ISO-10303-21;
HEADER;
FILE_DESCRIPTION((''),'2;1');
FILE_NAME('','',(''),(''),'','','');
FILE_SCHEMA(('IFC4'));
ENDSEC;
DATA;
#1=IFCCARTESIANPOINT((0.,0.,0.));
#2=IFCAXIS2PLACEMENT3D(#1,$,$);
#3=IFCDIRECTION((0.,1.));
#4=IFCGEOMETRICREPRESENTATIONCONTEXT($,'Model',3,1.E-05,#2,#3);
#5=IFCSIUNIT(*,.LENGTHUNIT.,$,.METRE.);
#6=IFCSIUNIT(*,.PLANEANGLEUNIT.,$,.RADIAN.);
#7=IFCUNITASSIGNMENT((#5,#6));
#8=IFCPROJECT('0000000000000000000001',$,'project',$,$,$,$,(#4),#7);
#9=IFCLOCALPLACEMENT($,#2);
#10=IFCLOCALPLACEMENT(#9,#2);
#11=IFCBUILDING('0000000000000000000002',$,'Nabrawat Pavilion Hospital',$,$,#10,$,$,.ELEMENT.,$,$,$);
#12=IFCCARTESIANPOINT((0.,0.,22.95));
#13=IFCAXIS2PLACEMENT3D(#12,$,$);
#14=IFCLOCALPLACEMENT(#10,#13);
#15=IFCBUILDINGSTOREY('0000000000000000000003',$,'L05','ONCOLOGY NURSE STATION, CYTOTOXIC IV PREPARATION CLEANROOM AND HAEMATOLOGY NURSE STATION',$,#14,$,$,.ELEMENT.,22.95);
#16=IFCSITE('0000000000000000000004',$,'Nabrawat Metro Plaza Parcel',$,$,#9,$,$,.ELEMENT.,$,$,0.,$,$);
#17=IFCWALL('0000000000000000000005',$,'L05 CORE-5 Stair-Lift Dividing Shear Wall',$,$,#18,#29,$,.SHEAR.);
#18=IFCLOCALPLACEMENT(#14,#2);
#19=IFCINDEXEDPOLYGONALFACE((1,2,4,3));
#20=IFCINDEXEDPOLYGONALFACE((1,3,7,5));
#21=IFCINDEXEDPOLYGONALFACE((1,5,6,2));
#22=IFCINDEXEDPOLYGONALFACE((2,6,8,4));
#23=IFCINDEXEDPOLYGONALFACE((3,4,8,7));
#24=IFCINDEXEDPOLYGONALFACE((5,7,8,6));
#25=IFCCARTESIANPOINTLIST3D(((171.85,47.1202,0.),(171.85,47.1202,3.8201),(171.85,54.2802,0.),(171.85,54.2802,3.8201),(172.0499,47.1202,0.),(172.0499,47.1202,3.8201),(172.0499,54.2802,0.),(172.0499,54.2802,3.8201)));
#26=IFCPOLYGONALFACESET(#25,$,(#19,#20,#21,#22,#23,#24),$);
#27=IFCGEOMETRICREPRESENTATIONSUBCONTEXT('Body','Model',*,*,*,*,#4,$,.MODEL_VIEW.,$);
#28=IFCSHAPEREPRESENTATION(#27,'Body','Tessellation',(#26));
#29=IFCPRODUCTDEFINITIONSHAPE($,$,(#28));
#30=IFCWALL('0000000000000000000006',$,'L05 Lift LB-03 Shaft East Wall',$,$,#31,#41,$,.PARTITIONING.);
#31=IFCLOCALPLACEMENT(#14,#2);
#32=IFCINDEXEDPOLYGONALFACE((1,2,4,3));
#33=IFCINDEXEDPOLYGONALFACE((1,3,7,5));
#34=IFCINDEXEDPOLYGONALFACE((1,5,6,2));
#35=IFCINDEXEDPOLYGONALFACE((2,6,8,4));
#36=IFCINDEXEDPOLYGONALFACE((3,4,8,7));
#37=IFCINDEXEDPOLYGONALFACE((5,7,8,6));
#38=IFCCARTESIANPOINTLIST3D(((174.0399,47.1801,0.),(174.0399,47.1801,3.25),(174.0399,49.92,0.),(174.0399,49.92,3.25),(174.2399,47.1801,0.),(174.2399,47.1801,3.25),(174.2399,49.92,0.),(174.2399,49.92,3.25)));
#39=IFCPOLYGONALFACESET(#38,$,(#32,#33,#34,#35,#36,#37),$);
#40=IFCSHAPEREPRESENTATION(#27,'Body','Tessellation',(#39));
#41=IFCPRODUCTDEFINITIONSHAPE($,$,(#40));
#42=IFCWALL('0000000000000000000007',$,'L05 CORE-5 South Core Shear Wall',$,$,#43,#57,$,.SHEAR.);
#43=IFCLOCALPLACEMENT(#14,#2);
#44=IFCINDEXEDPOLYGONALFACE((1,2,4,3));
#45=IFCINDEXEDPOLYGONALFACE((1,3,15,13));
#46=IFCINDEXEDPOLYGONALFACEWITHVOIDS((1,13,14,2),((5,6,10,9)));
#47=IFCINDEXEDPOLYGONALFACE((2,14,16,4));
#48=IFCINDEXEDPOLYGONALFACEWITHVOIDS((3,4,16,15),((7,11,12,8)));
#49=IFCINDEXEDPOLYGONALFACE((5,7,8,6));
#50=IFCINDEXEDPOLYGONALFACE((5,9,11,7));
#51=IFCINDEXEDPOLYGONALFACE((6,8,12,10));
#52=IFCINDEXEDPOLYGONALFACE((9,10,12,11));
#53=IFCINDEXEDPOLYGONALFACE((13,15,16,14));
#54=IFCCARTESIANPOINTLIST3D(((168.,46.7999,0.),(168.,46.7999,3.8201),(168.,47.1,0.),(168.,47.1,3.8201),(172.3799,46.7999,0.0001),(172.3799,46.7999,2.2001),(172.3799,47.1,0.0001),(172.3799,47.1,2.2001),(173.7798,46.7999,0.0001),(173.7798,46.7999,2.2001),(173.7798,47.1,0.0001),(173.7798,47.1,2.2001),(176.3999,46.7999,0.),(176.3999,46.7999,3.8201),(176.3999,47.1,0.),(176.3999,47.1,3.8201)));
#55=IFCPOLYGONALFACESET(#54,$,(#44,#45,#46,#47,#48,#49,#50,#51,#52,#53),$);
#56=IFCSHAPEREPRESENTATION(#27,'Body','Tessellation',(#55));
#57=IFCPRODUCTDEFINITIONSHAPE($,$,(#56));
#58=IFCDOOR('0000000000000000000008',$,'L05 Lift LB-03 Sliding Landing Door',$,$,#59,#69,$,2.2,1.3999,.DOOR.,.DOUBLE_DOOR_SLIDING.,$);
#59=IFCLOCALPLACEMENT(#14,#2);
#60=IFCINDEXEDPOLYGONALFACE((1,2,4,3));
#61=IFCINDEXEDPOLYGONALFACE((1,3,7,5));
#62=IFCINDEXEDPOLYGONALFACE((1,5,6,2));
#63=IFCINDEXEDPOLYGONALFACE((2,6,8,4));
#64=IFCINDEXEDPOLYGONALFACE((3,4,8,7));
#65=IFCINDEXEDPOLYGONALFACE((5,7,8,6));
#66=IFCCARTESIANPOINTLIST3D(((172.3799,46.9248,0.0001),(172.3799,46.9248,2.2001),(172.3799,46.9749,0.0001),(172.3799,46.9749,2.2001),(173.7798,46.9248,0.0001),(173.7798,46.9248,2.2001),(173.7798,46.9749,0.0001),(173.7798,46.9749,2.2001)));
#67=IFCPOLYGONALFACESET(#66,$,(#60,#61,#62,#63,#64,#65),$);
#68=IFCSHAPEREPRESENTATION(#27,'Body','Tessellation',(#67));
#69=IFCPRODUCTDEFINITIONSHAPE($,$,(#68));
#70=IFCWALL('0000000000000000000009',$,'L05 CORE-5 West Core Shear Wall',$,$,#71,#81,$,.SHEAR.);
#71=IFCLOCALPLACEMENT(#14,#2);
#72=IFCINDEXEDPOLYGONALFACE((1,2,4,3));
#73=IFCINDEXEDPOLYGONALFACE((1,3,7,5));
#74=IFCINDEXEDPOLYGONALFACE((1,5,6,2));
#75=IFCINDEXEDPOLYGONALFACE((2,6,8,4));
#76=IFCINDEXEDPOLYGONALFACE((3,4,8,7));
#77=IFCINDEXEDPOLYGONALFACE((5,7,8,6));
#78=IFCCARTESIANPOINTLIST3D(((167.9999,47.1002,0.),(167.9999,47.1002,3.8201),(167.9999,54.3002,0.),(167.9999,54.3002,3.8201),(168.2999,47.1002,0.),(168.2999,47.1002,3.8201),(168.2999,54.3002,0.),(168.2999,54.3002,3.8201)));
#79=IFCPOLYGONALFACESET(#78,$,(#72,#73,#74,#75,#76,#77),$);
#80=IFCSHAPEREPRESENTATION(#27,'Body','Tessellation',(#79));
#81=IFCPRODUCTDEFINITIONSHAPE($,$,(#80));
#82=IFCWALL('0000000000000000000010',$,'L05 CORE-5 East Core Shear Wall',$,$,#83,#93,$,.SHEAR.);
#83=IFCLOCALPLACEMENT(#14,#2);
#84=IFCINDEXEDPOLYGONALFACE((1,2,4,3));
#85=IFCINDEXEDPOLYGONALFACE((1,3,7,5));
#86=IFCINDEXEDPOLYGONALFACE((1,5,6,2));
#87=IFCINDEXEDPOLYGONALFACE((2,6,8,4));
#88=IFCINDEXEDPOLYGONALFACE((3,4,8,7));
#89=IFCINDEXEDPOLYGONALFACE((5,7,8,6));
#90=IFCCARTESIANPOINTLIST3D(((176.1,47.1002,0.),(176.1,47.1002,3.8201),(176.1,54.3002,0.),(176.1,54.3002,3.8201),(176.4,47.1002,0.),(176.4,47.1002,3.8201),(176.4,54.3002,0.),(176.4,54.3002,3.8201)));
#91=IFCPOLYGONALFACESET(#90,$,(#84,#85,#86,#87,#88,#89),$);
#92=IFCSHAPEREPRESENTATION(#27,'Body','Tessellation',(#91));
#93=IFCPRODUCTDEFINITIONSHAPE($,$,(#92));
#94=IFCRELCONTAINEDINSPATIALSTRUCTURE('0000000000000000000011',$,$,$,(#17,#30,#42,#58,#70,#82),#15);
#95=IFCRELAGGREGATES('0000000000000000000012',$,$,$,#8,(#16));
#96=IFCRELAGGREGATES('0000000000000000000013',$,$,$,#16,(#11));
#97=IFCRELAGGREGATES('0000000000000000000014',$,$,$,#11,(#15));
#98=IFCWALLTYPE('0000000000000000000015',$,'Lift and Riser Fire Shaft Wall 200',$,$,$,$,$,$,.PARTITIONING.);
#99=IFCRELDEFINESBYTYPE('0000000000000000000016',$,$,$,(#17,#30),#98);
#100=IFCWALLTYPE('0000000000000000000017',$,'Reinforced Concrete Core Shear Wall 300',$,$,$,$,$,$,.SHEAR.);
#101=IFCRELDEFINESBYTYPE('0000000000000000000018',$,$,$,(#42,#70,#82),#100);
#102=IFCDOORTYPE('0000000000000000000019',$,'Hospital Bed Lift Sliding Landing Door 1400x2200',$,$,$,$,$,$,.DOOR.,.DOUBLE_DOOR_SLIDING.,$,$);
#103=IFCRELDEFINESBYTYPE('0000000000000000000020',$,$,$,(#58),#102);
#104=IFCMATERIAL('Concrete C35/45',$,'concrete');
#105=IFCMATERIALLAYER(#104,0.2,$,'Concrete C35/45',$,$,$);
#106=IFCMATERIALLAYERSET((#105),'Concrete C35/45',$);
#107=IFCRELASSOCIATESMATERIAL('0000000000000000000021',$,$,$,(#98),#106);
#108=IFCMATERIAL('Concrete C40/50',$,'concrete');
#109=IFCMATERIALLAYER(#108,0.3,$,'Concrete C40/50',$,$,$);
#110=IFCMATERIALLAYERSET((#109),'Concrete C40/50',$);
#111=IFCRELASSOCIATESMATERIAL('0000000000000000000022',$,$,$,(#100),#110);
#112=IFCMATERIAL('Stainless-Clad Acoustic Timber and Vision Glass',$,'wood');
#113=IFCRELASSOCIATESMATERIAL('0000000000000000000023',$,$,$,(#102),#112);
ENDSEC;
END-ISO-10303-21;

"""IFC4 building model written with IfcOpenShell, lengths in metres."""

from ifc_helpers import new_model, si_unit, direction, frame, frame_2d, origin, place, context, subcontext, project, spatial, rectangle, extrude, material, layer, layer_set, type_object, element, fill, save


model = new_model("IFC4")

# Units and contexts
model_context = context("Model", 3, precision=1e-05, world=origin(), true_north=direction((0.0, 1.0)))
body_context = subcontext(model_context, "Body", "Model", "MODEL_VIEW")
ifc_project = project(units=[si_unit("LENGTHUNIT", "METRE"), si_unit("PLANEANGLEUNIT", "RADIAN")], contexts=[model_context])

# Site, building, storey
site_placement = place(None, origin())
site = spatial("IfcSite", under=ifc_project, at=site_placement, Name="Nabrawat Metro Plaza Parcel", CompositionType="ELEMENT", RefElevation=0.0)
building_placement = place(site_placement, origin())
building = spatial("IfcBuilding", under=site, at=building_placement, Name="Nabrawat Pavilion Hospital", CompositionType="ELEMENT")
storey_placement = place(building_placement, frame((0.0, 0.0, 22.95)))
storey = spatial("IfcBuildingStorey", under=building, at=storey_placement, Name="L05", Description="ONCOLOGY NURSE STATION, CYTOTOXIC IV PREPARATION CLEANROOM AND HAEMATOLOGY NURSE STATION", CompositionType="ELEMENT", Elevation=22.95)

# Shared definitions
ifc_material_1 = material(Name="Stainless-Clad Acoustic Timber and Vision Glass", Category="wood")

# Walls
ifc_material_2 = material(Name="Concrete C35/45", Category="concrete")
ifc_layer_1 = layer(ifc_material_2, 0.2, Name="Concrete C35/45")
ifc_layer_set_1 = layer_set([ifc_layer_1], Name="Concrete C35/45")
wall_type_1 = type_object("IfcWallType", Name="Lift and Riser Fire Shaft Wall 200", PredefinedType="PARTITIONING", material=ifc_layer_set_1)
wall_1_placement = place(storey_placement, frame((171.95, 47.1201, 0.0), z_axis=(0.0, 0.0, 1.0), x_axis=(0.0, 1.0, 0.0)))
element("IfcWall", 1, at=wall_1_placement, inside=storey, type_object=wall_type_1, Name="L05 CORE-5 Stair-Lift Dividing Shear Wall", PredefinedType="SHEAR", context=body_context, shape_type="SweptSolid", body=[
    extrude(rectangle(XDim=7.1599, YDim=0.2, at=frame_2d((3.5801, 0.0))), origin(), (0.0, 0.0, 1.0), 3.8201),
])
wall_2_placement = place(storey_placement, frame((174.1399, 47.1799, 0.0), z_axis=(0.0, 0.0, 1.0), x_axis=(0.0, 1.0, 0.0)))
element("IfcWall", 2, at=wall_2_placement, inside=storey, type_object=wall_type_1, Name="L05 Lift LB-03 Shaft East Wall", PredefinedType="PARTITIONING", context=body_context, shape_type="SweptSolid", body=[
    extrude(rectangle(XDim=2.74, YDim=0.2, at=frame_2d((1.3701, 0.0))), origin(), (0.0, 0.0, 1.0), 3.25),
])

# Wall, opening, door
ifc_material_3 = material(Name="Concrete C40/50", Category="concrete")
ifc_layer_2 = layer(ifc_material_3, 0.3, Name="Concrete C40/50")
ifc_layer_set_2 = layer_set([ifc_layer_2], Name="Concrete C40/50")
wall_type_2 = type_object("IfcWallType", Name="Reinforced Concrete Core Shear Wall 300", PredefinedType="SHEAR", material=ifc_layer_set_2)
wall_3_placement = place(storey_placement, frame((168.0, 46.95, 0.0), z_axis=(0.0, 0.0, 1.0), x_axis=(1.0, 0.0, 0.0)))
wall_3 = element("IfcWall", 3, at=wall_3_placement, inside=storey, type_object=wall_type_2, Name="L05 CORE-5 South Core Shear Wall", PredefinedType="SHEAR", context=body_context, shape_type="SweptSolid", body=[
    extrude(rectangle(XDim=8.3999, YDim=0.3, at=frame_2d((4.2, 0.0))), origin(), (0.0, 0.0, 1.0), 3.8201),
])
opening_1_placement = place(wall_3_placement, frame((4.3799, 0.0, 0.0)))
opening_1 = element("IfcOpeningElement", 4, at=opening_1_placement, cuts=wall_3, PredefinedType="OPENING", context=body_context, shape_type="SweptSolid", body=[
    extrude(rectangle(XDim=1.3999, YDim=2.2, at=frame_2d((0.7, 1.1001))), frame((0.0, 0.1602, 0.0), z_axis=(0.0, -1.0, 0.0), x_axis=(1.0, 0.0, 0.0)), (0.0, 0.0, 1.0), 0.3201),
])
door_type_1 = type_object("IfcDoorType", Name="Hospital Bed Lift Sliding Landing Door 1400x2200", OperationType="DOUBLE_DOOR_SLIDING", PredefinedType="DOOR", material=ifc_material_1)
door_1_placement = place(opening_1_placement, origin())
door_1 = element("IfcDoor", 5, at=door_1_placement, inside=storey, type_object=door_type_1, Name="L05 Lift LB-03 Sliding Landing Door", OperationType="DOUBLE_DOOR_SLIDING", OverallHeight=2.2, OverallWidth=1.3999, PredefinedType="DOOR", context=body_context, shape_type="SweptSolid", body=[
    extrude(rectangle(XDim=1.3999, YDim=2.2, at=frame_2d((0.7, 1.1001))), frame((0.0, 0.0249, 0.0), z_axis=(0.0, -1.0, 0.0), x_axis=(1.0, 0.0, 0.0)), (0.0, 0.0, 1.0), 0.05),
])
fill(opening_1, door_1)

# Walls
for number, where, z_axis, x_axis, name in (
    (6, (168.1499, 47.1001, 0.0), (0.0, 0.0, 1.0), (0.0, 1.0, 0.0), "L05 CORE-5 West Core Shear Wall"),
    (7, (176.25, 47.1001, 0.0), (0.0, 0.0, 1.0), (0.0, 1.0, 0.0), "L05 CORE-5 East Core Shear Wall"),
):
    element("IfcWall", number, at=place(storey_placement, frame(where, z_axis=z_axis, x_axis=x_axis)), inside=storey, type_object=wall_type_2, Name=name, PredefinedType="SHEAR", context=body_context, shape_type="SweptSolid", body=[
        extrude(rectangle(XDim=7.2, YDim=0.3, at=frame_2d((3.6001, 0.0))), origin(), (0.0, 0.0, 1.0), 3.8201),
    ])

save(model, "model.ifc")
